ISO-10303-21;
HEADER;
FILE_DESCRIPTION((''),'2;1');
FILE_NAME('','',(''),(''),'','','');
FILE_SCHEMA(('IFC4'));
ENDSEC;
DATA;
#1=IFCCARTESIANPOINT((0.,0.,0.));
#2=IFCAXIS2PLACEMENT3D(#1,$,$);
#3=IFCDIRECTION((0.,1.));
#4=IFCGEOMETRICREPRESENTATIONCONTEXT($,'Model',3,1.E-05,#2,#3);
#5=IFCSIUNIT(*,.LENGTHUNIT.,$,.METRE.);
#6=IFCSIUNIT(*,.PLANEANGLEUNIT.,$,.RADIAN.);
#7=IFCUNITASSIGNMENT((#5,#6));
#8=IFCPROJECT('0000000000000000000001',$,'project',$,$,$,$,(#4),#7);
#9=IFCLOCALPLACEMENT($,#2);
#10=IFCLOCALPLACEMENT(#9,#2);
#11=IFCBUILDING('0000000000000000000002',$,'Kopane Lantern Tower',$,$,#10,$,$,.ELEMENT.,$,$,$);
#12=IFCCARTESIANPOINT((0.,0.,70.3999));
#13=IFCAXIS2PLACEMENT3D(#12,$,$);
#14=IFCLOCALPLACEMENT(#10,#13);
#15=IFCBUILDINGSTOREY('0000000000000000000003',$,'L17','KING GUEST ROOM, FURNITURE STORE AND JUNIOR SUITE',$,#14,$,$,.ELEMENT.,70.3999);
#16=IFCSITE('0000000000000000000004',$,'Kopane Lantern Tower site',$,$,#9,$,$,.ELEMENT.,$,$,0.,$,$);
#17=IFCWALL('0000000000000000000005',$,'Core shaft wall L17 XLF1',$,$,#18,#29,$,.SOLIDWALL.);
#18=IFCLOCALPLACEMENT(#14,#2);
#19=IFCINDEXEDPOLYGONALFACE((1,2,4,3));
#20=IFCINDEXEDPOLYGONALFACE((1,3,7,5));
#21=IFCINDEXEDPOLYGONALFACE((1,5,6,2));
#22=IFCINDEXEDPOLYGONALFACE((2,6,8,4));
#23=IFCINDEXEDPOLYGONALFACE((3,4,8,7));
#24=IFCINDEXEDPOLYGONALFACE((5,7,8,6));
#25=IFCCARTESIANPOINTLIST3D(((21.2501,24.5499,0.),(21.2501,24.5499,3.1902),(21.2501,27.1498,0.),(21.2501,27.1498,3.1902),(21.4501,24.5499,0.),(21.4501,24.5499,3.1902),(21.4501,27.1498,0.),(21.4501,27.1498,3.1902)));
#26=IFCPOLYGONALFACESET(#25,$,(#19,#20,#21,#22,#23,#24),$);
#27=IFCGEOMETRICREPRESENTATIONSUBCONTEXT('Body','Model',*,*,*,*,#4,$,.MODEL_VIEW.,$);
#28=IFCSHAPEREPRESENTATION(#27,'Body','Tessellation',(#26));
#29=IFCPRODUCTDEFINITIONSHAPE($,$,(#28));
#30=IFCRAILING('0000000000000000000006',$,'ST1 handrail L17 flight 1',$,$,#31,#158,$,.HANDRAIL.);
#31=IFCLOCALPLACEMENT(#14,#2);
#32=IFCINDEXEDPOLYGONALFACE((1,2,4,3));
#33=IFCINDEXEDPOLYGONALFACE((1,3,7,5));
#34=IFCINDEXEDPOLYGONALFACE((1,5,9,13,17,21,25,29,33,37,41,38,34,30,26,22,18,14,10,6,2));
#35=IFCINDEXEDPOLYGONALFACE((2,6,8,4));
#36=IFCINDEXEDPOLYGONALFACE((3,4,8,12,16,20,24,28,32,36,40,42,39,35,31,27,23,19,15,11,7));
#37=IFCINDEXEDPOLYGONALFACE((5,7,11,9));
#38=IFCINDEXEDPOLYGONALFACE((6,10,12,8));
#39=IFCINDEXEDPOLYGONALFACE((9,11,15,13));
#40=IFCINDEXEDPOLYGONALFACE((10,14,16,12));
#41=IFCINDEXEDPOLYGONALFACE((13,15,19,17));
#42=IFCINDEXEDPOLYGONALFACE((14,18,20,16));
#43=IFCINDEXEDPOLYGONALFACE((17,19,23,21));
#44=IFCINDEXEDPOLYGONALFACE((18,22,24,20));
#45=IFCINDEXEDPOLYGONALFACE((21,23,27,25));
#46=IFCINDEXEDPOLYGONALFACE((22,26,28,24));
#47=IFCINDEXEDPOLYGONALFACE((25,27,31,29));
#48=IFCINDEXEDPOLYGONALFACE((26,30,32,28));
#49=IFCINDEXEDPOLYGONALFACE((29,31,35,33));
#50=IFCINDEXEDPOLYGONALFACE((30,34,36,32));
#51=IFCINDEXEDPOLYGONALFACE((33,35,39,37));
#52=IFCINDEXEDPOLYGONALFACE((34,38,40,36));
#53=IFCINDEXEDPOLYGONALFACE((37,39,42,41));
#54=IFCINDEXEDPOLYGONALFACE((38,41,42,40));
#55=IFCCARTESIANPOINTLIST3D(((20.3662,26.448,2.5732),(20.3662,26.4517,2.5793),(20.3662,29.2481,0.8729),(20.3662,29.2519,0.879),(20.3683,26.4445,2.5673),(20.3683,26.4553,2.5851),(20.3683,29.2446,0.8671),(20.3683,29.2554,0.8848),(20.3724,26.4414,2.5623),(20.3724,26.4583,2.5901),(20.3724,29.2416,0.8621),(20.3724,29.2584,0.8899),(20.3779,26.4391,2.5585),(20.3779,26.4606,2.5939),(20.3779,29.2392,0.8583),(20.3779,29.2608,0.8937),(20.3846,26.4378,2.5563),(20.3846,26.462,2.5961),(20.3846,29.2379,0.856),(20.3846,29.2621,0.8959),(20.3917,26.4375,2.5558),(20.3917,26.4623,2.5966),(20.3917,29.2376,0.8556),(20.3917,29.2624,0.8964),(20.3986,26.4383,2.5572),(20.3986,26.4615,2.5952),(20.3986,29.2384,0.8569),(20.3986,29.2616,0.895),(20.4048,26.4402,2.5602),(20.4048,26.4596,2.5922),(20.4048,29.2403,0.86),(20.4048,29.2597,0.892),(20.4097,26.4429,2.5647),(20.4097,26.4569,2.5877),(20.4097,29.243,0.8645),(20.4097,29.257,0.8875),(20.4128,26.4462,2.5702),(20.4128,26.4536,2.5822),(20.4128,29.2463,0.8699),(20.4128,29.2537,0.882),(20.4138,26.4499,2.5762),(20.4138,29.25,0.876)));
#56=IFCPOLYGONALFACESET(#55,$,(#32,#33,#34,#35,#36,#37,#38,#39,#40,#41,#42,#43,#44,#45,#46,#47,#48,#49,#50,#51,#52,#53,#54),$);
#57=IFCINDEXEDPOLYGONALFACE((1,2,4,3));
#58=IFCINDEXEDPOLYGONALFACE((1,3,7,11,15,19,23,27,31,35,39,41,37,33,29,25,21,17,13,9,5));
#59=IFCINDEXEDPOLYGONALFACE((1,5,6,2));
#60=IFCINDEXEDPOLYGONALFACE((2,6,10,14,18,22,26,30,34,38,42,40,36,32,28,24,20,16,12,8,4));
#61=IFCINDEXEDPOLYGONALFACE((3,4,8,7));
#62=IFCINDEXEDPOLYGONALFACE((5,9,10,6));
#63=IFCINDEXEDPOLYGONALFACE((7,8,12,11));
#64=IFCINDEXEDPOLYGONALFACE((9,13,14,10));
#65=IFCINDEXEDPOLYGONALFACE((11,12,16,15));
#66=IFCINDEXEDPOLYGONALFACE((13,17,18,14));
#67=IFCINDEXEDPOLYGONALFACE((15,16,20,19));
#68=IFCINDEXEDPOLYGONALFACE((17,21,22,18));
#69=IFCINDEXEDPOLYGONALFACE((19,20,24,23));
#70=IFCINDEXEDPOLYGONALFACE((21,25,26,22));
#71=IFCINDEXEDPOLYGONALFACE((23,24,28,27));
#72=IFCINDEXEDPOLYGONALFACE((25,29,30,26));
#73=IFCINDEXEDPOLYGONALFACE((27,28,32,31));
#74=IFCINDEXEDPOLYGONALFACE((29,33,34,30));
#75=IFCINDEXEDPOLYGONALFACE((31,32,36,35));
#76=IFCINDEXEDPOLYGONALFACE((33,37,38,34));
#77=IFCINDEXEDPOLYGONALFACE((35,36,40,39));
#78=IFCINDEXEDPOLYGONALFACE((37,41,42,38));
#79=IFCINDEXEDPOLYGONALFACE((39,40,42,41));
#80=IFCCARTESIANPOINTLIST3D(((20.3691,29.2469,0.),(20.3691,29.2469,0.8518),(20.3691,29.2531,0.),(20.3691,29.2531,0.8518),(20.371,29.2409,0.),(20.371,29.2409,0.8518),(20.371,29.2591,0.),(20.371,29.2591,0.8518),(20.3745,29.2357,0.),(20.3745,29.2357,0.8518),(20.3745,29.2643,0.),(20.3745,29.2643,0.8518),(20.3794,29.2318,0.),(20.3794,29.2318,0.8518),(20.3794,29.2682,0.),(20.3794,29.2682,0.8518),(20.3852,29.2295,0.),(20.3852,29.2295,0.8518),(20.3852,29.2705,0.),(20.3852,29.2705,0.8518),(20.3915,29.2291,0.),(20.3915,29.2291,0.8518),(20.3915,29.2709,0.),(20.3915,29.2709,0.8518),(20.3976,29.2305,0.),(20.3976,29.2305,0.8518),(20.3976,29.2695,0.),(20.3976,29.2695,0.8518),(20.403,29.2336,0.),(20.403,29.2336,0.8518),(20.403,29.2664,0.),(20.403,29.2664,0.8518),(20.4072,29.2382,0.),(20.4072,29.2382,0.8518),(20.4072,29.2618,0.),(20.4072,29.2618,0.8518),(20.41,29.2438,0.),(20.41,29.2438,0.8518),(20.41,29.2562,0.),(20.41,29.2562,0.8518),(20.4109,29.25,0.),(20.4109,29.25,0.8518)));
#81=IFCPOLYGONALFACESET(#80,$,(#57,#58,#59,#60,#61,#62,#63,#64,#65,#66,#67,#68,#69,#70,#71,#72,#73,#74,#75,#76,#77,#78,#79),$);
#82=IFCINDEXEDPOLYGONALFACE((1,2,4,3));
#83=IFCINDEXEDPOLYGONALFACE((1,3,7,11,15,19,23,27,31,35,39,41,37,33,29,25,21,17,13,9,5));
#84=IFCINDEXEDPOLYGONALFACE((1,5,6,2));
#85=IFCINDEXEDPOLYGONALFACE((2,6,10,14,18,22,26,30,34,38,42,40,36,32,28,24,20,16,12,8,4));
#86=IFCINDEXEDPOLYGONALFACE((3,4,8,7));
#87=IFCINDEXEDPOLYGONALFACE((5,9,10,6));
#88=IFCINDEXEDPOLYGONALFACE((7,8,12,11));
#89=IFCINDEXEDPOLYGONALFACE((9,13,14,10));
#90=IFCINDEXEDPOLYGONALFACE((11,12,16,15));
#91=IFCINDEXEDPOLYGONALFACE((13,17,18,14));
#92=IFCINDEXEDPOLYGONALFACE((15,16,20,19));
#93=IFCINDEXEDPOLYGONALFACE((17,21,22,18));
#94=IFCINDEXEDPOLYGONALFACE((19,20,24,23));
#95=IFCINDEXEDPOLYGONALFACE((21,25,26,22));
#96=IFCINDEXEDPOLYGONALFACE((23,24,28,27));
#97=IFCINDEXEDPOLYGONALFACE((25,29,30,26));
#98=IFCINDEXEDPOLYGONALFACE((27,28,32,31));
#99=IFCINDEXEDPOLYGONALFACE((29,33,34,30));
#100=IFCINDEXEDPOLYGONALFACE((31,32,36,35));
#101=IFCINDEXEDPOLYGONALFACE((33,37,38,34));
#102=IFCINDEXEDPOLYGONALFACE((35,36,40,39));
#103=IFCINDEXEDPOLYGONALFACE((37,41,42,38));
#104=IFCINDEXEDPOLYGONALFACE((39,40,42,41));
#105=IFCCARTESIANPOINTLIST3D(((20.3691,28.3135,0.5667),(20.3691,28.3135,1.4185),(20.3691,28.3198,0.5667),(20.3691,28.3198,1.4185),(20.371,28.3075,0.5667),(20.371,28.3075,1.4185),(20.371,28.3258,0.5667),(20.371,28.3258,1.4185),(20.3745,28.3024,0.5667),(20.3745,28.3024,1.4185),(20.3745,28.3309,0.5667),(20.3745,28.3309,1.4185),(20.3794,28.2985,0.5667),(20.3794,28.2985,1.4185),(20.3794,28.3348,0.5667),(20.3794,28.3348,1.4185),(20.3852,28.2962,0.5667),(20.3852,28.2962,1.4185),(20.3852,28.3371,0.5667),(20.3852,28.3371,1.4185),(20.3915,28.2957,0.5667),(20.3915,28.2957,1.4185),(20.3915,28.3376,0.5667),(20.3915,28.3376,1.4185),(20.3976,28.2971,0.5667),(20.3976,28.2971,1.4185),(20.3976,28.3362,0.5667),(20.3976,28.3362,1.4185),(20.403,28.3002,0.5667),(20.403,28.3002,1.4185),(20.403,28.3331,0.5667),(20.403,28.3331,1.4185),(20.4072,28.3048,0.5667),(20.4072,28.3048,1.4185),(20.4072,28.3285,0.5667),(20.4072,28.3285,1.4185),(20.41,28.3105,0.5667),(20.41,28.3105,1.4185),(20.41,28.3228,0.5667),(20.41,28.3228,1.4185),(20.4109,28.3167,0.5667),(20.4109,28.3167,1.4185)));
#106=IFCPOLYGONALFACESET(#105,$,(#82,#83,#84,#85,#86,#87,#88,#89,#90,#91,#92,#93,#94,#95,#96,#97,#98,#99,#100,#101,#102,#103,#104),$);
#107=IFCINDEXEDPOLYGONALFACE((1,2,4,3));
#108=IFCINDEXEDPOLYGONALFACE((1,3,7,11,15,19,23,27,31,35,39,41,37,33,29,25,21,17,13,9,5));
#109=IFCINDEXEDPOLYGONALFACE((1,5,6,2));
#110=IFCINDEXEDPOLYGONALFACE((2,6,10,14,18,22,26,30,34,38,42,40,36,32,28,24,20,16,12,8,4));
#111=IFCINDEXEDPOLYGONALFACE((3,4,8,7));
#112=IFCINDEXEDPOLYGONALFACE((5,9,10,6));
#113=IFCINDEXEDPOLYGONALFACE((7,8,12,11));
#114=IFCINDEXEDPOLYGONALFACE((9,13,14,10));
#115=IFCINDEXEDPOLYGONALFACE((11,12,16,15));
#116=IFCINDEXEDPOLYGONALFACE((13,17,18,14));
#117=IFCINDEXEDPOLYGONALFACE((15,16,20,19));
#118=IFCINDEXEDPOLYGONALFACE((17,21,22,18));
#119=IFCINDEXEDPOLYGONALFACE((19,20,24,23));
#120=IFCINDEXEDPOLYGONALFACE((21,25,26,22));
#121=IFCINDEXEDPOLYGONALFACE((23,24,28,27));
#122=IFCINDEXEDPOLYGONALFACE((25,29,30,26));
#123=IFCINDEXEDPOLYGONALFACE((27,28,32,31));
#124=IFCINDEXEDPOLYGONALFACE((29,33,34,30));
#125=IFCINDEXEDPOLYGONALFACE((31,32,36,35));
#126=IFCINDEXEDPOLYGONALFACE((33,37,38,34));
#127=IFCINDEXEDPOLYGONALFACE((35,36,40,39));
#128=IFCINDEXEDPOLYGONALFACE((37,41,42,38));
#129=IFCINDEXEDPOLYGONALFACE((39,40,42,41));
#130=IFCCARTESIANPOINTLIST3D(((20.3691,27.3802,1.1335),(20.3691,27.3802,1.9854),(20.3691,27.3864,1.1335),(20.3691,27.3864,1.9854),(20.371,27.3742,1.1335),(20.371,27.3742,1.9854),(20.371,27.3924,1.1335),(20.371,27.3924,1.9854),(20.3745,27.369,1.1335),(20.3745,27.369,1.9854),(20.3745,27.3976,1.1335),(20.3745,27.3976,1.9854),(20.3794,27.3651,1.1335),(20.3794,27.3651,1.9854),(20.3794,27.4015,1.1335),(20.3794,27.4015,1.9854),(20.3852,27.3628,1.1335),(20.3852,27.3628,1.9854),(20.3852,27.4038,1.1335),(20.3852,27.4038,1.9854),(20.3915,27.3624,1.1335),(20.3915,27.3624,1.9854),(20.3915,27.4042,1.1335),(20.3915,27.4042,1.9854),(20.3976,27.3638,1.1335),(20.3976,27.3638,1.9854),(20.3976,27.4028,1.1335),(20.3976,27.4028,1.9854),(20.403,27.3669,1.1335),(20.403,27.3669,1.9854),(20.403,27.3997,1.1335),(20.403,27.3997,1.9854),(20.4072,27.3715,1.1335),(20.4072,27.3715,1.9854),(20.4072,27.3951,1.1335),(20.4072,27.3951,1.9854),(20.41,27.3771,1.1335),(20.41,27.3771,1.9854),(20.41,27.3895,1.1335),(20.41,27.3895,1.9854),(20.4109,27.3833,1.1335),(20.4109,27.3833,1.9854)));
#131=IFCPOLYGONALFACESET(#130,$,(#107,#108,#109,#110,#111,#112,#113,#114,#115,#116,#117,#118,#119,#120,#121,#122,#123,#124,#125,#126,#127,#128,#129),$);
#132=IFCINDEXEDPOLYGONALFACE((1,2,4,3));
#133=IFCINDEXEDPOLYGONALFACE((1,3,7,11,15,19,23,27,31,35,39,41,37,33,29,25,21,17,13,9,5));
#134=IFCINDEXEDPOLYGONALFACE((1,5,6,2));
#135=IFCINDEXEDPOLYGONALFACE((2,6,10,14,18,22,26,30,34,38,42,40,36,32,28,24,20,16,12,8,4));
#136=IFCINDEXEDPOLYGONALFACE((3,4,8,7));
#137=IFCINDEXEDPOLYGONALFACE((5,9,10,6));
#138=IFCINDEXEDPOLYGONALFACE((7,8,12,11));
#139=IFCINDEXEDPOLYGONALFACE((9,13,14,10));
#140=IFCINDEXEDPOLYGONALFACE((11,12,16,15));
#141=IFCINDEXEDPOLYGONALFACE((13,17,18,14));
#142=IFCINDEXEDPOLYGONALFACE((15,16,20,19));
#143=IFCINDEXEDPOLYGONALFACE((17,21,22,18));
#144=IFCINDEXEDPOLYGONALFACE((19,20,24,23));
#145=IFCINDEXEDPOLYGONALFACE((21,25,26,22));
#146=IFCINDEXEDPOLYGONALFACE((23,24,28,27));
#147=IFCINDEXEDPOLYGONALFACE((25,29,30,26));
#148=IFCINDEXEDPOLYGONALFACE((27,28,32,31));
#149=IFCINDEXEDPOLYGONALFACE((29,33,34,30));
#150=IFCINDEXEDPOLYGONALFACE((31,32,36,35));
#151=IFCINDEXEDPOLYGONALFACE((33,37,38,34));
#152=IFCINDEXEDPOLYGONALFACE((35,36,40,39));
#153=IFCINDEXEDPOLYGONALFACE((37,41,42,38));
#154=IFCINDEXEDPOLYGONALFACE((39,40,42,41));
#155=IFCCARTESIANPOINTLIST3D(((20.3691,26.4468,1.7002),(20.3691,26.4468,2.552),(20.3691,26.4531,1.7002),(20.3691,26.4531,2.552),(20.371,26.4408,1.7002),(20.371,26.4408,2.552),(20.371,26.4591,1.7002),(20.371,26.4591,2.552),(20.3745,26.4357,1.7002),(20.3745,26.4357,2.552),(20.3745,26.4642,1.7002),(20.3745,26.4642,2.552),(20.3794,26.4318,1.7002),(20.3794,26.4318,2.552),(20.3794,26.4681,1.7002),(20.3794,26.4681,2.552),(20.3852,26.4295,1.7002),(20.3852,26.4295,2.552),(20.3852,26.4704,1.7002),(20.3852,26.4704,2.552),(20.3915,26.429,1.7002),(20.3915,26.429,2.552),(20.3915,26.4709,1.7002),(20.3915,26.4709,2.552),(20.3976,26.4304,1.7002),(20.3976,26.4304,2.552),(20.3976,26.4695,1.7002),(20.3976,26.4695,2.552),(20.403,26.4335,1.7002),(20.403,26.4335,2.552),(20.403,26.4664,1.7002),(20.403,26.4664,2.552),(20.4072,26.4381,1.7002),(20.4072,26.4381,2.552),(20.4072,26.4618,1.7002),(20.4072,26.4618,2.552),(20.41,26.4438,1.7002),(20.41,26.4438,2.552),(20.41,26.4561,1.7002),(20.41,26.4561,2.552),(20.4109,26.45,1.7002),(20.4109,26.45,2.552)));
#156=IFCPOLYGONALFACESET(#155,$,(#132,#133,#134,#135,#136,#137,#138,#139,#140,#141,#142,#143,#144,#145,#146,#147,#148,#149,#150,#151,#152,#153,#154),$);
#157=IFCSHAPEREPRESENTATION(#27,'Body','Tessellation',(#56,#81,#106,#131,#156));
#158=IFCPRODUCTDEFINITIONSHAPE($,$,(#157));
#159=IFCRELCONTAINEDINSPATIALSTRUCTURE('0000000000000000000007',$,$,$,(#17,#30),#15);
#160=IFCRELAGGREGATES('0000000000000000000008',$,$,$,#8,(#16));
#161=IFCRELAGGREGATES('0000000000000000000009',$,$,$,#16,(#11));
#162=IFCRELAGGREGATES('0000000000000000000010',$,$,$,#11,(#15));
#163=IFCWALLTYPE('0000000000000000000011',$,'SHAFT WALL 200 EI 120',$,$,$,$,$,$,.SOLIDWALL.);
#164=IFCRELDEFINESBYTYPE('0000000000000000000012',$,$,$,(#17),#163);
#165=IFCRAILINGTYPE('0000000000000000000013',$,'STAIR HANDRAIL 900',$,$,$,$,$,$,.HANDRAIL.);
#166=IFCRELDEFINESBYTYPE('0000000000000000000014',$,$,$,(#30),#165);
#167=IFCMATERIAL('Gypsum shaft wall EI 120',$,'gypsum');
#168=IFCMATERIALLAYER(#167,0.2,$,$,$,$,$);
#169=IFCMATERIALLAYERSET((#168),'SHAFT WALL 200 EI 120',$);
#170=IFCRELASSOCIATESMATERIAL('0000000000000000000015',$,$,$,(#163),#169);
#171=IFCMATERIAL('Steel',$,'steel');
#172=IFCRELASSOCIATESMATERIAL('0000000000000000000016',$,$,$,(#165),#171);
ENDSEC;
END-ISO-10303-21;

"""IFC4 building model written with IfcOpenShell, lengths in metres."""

from ifc_helpers import new_model, si_unit, direction, frame, frame_2d, origin, origin_2d, place, context, subcontext, project, spatial, rectangle, circle, extrude, material, layer, layer_set, type_object, element, save


model = new_model("IFC4")

# Units and contexts
model_context = context("Model", 3, precision=1e-05, world=origin(), true_north=direction((0.0, 1.0)))
body_context = subcontext(model_context, "Body", "Model", "MODEL_VIEW")
ifc_project = project(units=[si_unit("LENGTHUNIT", "METRE"), si_unit("PLANEANGLEUNIT", "RADIAN")], contexts=[model_context])

# Site, building, storey
site_placement = place(None, origin())
site = spatial("IfcSite", under=ifc_project, at=site_placement, Name="Kopane Lantern Tower site", CompositionType="ELEMENT", RefElevation=0.0)
building_placement = place(site_placement, origin())
building = spatial("IfcBuilding", under=site, at=building_placement, Name="Kopane Lantern Tower", CompositionType="ELEMENT")
storey_placement = place(building_placement, frame((0.0, 0.0, 70.3999)))
storey = spatial("IfcBuildingStorey", under=building, at=storey_placement, Name="L17", Description="KING GUEST ROOM, FURNITURE STORE AND JUNIOR SUITE", CompositionType="ELEMENT", Elevation=70.3999)

# Wall
ifc_material_1 = material(Name="Gypsum shaft wall EI 120", Category="gypsum")
ifc_layer_1 = layer(ifc_material_1, 0.2)
ifc_layer_set_1 = layer_set([ifc_layer_1], Name="SHAFT WALL 200 EI 120")
wall_type_1 = type_object("IfcWallType", Name="SHAFT WALL 200 EI 120", PredefinedType="SOLIDWALL", material=ifc_layer_set_1)
wall_1_placement = place(storey_placement, frame((21.3501, 24.55, 0.0), z_axis=(0.0, 0.0, 1.0), x_axis=(0.0, 1.0, 0.0)))
element("IfcWall", 1, at=wall_1_placement, inside=storey, type_object=wall_type_1, Name="Core shaft wall L17 XLF1", PredefinedType="SOLIDWALL", context=body_context, shape_type="SweptSolid", body=[
    extrude(rectangle(XDim=2.5999, YDim=0.2, at=frame_2d((1.2998, 0.0))), origin(), (0.0, 0.0, 1.0), 3.1902),
])

# Railing
ifc_material_2 = material(Name="Steel", Category="steel")
railing_type_1 = type_object("IfcRailingType", Name="STAIR HANDRAIL 900", PredefinedType="HANDRAIL", material=ifc_material_2)
for number, where, name in (
    (2, (20.3899, 29.25, 0.0), "ST1 handrail L17 flight 1"),
):
    element("IfcRailing", number, at=place(storey_placement, frame(where)), inside=storey, type_object=railing_type_1, Name=name, PredefinedType="HANDRAIL", context=body_context, shape_type="SweptSolid", body=[
        extrude(circle(Radius=0.0239, at=origin_2d()), frame((0.0, 0.0, 0.876), z_axis=(0.0, -0.854765, 0.519015), x_axis=(1.0, 0.0, 0.0)), (0.0, 0.0, 1.0), 3.2759),
        extrude(circle(Radius=0.021, at=origin_2d()), origin(), (0.0, 0.0, 1.0), 0.8518),
        extrude(circle(Radius=0.021, at=origin_2d()), frame((0.0, -0.9333, 0.5667)), (0.0, 0.0, 1.0), 0.8518),
        extrude(circle(Radius=0.021, at=origin_2d()), frame((0.0, -1.8667, 1.1335)), (0.0, 0.0, 1.0), 0.8518),
        extrude(circle(Radius=0.021, at=origin_2d()), frame((0.0, -2.8, 1.7002)), (0.0, 0.0, 1.0), 0.8518),
    ])

save(model, "model.ifc")
